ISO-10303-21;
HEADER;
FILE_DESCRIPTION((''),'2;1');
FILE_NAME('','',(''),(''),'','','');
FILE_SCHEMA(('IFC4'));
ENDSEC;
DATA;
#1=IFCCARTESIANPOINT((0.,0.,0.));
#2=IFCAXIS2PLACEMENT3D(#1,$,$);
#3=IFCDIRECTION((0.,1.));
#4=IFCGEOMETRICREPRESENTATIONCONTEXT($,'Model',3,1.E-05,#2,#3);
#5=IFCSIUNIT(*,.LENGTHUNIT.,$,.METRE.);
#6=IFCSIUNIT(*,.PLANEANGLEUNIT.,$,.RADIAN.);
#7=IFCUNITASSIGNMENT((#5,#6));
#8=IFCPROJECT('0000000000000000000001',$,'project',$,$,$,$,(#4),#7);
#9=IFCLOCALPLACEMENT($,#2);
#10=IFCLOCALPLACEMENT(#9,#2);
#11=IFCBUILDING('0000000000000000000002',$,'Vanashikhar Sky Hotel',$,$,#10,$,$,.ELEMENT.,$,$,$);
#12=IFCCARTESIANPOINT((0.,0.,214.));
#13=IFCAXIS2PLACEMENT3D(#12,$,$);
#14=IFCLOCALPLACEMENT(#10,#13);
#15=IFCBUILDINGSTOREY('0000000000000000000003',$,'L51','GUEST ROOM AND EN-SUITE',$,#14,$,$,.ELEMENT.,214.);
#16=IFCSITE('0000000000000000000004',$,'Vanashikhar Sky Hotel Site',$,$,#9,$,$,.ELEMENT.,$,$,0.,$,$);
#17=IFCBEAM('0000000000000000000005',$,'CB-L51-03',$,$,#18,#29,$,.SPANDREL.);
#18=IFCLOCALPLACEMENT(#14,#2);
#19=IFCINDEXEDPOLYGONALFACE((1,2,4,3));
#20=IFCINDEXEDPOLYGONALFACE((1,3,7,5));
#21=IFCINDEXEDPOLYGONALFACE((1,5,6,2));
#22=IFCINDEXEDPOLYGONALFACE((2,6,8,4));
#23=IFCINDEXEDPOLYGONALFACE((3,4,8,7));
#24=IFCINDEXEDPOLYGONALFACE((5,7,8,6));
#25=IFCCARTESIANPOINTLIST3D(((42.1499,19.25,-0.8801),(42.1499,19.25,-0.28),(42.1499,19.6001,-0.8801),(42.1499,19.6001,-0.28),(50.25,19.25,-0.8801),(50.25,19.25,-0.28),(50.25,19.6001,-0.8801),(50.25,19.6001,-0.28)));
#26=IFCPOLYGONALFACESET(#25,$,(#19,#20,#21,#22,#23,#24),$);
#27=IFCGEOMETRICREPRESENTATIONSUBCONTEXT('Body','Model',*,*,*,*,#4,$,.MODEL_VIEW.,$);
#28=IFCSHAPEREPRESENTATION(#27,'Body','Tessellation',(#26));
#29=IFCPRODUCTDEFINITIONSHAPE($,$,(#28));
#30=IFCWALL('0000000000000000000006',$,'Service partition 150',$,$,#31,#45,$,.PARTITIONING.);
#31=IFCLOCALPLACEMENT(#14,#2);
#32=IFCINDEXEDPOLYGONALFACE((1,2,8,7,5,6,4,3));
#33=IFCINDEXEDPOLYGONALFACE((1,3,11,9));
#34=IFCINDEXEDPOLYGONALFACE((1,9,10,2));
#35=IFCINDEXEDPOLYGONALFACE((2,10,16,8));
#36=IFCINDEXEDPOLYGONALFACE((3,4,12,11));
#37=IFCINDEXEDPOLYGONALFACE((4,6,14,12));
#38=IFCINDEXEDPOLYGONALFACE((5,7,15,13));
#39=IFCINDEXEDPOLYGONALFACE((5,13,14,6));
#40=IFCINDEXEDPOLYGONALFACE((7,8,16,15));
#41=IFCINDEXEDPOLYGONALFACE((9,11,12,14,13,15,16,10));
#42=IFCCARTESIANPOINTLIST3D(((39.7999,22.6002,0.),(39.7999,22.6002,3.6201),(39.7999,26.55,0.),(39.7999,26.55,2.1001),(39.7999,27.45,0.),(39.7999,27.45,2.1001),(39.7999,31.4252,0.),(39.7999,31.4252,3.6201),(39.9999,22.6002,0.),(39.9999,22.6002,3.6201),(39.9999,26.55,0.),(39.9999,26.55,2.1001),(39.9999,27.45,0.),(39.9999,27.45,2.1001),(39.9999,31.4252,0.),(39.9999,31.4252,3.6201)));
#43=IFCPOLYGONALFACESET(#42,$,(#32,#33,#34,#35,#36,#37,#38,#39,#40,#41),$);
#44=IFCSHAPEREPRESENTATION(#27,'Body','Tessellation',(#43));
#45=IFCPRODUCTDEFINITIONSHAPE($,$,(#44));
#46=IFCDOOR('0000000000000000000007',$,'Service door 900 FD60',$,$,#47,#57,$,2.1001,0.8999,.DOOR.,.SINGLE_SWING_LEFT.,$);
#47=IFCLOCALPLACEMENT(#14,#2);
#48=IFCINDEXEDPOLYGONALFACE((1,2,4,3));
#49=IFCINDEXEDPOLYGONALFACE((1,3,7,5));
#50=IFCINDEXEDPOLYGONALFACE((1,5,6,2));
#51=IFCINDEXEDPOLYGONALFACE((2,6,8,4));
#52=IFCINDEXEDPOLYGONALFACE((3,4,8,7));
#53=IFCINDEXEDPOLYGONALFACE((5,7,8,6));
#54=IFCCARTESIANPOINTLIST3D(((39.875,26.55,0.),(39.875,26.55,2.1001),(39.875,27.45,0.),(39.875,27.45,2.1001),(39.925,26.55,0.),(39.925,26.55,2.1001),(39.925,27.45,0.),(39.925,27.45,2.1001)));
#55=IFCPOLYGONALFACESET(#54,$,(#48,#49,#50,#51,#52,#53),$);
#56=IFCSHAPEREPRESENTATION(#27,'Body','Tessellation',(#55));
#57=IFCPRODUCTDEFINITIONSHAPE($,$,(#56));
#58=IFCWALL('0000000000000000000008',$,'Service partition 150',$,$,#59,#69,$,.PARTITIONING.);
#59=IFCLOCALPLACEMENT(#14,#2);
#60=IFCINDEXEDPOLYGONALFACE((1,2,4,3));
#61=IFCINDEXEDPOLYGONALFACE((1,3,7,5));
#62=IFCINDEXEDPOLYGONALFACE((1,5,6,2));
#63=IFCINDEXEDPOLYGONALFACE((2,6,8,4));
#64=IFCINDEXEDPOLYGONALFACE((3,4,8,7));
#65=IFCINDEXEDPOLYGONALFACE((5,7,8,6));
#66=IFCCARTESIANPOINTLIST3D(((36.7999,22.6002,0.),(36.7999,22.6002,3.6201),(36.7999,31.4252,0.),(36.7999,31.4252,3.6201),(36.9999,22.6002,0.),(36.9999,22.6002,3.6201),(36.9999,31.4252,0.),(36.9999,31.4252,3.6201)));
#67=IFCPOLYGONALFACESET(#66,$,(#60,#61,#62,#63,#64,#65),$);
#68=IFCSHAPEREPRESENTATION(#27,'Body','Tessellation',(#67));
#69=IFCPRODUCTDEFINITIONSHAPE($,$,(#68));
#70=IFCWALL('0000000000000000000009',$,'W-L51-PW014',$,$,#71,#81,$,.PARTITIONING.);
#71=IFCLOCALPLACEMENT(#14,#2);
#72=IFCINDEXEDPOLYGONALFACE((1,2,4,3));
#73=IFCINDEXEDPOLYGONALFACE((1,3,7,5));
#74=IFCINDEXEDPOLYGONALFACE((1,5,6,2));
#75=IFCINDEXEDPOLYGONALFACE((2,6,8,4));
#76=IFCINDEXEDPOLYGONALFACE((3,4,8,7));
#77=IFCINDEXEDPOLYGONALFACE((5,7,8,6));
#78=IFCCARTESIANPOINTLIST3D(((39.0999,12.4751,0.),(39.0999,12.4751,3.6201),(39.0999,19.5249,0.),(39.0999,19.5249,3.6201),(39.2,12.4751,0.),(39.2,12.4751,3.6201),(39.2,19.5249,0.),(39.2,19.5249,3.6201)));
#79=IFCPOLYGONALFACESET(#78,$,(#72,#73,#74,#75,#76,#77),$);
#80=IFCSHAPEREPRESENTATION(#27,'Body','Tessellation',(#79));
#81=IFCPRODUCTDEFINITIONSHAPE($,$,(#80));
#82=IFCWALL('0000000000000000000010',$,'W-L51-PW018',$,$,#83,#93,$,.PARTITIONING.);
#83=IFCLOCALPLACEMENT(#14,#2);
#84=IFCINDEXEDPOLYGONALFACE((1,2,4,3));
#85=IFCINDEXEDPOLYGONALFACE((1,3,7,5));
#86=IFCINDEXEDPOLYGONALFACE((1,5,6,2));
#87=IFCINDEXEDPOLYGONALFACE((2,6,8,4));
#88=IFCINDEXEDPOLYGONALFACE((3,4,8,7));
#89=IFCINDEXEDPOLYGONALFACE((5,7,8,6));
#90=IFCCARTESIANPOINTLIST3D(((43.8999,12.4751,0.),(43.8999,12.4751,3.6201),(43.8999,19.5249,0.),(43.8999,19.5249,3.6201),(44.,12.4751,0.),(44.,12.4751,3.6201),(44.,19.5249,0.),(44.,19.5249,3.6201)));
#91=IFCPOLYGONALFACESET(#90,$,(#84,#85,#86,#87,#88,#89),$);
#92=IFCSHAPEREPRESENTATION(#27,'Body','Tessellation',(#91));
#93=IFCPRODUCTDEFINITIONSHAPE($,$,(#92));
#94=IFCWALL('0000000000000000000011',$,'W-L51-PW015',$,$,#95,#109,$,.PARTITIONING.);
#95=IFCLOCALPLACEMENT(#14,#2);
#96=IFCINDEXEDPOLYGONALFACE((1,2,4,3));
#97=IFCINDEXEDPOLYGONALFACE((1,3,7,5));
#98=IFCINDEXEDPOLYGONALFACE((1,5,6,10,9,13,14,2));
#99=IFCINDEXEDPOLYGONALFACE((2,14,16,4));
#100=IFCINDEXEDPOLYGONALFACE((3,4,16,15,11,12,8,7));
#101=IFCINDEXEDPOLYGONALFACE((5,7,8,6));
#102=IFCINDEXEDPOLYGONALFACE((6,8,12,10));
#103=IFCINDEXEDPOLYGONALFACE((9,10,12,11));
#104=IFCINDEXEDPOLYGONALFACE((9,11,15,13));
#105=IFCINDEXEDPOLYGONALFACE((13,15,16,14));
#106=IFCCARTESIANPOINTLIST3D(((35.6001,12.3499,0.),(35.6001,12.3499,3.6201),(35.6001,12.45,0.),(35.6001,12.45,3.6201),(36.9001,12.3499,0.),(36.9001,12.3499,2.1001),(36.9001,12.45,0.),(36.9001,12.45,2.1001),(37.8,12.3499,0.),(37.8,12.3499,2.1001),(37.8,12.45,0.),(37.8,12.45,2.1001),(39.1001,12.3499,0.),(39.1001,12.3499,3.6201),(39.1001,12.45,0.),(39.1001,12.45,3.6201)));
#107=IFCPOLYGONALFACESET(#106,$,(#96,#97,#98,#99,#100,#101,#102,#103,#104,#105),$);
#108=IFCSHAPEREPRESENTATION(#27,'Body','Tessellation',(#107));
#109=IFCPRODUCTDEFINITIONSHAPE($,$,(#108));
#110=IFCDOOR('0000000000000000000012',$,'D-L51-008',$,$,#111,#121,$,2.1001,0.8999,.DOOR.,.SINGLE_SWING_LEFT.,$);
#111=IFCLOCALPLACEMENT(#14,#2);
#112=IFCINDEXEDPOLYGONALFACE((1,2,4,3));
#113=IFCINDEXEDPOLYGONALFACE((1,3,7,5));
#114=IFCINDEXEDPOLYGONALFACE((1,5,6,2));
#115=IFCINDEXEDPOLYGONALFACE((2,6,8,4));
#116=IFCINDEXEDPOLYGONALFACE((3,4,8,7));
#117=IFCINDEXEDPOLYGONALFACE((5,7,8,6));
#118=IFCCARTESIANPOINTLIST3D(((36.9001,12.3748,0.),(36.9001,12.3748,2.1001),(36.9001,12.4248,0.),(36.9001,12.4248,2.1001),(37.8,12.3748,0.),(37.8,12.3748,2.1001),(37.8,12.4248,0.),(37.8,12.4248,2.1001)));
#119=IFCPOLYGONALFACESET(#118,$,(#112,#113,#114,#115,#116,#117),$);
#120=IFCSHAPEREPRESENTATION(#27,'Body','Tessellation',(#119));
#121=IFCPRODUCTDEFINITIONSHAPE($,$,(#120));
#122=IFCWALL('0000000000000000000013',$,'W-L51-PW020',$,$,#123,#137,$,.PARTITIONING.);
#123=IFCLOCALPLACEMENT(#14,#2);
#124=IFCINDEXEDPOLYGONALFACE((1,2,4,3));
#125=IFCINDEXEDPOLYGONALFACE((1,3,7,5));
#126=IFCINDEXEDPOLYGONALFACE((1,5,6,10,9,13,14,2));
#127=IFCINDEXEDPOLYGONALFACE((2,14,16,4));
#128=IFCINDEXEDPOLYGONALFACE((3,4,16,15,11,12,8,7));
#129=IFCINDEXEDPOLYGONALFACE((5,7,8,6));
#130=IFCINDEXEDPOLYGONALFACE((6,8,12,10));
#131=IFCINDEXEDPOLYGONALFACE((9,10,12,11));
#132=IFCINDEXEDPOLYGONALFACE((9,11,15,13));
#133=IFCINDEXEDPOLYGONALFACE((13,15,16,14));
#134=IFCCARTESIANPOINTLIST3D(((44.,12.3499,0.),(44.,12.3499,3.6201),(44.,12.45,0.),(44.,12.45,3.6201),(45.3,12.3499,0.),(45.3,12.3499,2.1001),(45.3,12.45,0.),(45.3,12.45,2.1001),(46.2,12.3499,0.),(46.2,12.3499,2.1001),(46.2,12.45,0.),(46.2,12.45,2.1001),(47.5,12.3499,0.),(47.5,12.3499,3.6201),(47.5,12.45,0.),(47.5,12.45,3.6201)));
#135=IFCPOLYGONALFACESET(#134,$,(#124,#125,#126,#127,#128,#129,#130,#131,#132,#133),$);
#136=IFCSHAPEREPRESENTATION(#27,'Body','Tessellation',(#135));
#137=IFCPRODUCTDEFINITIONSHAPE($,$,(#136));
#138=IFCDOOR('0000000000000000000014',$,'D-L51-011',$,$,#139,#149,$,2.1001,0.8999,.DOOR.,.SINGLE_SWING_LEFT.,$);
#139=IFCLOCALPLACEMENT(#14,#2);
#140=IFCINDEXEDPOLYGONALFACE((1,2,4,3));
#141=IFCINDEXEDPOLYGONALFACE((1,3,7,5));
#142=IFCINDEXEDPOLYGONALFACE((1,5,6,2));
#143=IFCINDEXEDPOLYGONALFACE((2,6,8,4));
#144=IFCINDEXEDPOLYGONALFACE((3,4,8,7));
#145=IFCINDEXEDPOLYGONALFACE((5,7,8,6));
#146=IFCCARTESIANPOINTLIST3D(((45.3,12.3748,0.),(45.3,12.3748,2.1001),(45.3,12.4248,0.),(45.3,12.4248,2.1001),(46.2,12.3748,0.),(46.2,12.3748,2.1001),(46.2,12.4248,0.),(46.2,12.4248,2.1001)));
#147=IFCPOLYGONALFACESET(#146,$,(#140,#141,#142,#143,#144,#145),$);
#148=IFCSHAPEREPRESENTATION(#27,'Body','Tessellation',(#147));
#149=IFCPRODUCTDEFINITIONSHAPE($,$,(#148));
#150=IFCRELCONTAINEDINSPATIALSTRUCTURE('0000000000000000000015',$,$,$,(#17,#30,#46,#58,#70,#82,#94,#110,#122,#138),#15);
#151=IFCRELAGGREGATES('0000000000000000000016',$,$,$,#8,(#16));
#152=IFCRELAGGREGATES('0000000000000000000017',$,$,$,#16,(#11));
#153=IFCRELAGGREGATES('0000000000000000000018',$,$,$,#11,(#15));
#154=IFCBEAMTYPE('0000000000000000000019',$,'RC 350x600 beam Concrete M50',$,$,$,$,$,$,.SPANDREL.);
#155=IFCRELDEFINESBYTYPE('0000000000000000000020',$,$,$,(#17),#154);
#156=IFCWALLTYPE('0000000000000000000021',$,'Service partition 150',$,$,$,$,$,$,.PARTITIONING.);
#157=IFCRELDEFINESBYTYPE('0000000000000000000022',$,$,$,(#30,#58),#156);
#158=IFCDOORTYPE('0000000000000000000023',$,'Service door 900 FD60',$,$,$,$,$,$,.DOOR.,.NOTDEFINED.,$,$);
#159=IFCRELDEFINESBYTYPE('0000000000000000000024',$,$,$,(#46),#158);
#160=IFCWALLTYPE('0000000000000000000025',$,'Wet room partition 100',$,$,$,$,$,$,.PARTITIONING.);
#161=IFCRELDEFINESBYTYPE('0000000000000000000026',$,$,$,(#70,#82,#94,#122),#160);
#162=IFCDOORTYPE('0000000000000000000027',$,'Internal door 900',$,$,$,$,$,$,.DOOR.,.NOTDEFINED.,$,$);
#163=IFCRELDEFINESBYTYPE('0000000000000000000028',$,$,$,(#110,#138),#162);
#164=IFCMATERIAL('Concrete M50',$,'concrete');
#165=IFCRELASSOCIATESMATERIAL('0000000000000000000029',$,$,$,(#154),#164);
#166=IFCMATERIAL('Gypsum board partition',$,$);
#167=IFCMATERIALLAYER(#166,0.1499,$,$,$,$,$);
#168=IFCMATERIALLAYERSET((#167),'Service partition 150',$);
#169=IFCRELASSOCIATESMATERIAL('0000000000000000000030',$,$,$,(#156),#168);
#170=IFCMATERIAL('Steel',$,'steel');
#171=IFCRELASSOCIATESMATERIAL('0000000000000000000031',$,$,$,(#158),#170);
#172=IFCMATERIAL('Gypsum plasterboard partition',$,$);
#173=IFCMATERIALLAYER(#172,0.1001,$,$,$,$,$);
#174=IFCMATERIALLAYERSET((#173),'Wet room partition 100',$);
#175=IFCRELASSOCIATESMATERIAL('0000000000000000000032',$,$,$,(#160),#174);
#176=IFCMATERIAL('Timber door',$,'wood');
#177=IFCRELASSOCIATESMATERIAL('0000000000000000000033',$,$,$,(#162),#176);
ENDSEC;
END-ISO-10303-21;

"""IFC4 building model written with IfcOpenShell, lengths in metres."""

from ifc_helpers import new_model, si_unit, direction, frame, frame_2d, origin, origin_2d, place, context, subcontext, project, spatial, rectangle, extrude, source, transform, mapped, material, layer, layer_set, material_profile, profile_set, type_object, element, fill, save


model = new_model("IFC4")

# Units and contexts
model_context = context("Model", 3, precision=1e-05, world=origin(), true_north=direction((0.0, 1.0)))
body_context = subcontext(model_context, "Body", "Model", "MODEL_VIEW")
ifc_project = project(units=[si_unit("LENGTHUNIT", "METRE"), si_unit("PLANEANGLEUNIT", "RADIAN")], contexts=[model_context])

# Site, building, storey
site_placement = place(None, origin())
site = spatial("IfcSite", under=ifc_project, at=site_placement, Name="Vanashikhar Sky Hotel Site", CompositionType="ELEMENT", RefElevation=0.0)
building_placement = place(site_placement, origin())
building = spatial("IfcBuilding", under=site, at=building_placement, Name="Vanashikhar Sky Hotel", CompositionType="ELEMENT")
storey_placement = place(building_placement, frame((0.0, 0.0, 214.0)))
storey = spatial("IfcBuildingStorey", under=building, at=storey_placement, Name="L51", Description="GUEST ROOM AND EN-SUITE", CompositionType="ELEMENT", Elevation=214.0)

# Beam
ifc_material_1 = material(Name="Concrete M50", Category="concrete")
ifc_material_profile = material_profile(ifc_material_1, rectangle(XDim=0.3501, YDim=0.6001, at=origin_2d()))
ifc_profile_set = profile_set([ifc_material_profile], Name="RC 350x600 beam Concrete M50")
beam_type = type_object("IfcBeamType", Name="RC 350x600 beam Concrete M50", PredefinedType="SPANDREL", material=ifc_profile_set)
shared_shape_1 = source(origin(), body_context, "Body", "SweptSolid", [
    extrude(rectangle(XDim=0.3501, YDim=0.6001, at=origin_2d()), origin(), (0.0, 0.0, 1.0), 8.1001),
])
beam_placement = place(storey_placement, frame((42.1499, 19.425, -0.5801), z_axis=(1.0, 0.0, 0.0), x_axis=(0.0, 1.0, 0.0)))
element("IfcBeam", 1, at=beam_placement, inside=storey, type_object=beam_type, Name="CB-L51-03", PredefinedType="SPANDREL", context=body_context, shape_type="MappedRepresentation", body=[
    mapped(shared_shape_1, transform((0.0, 0.0, 0.0), scale=1.0)),
])

# Wall, opening, door
ifc_material_2 = material(Name="Gypsum board partition")
ifc_layer_1 = layer(ifc_material_2, 0.1499)
ifc_layer_set_1 = layer_set([ifc_layer_1], Name="Service partition 150")
wall_type_1 = type_object("IfcWallType", Name="Service partition 150", PredefinedType="PARTITIONING", material=ifc_layer_set_1)
shared_shape_2 = source(origin(), body_context, "Body", "SweptSolid", [
    extrude(rectangle(XDim=8.825, YDim=0.2, at=frame_2d((4.4126, 0.0))), origin(), (0.0, 0.0, 1.0), 3.6201),
])
wall_1_placement = place(storey_placement, frame((39.8999, 22.6001, 0.0), z_axis=(0.0, 0.0, 1.0), x_axis=(0.0, 1.0, 0.0)))
wall_1 = element("IfcWall", 2, at=wall_1_placement, inside=storey, type_object=wall_type_1, Name="Service partition 150", PredefinedType="PARTITIONING", context=body_context, shape_type="MappedRepresentation", body=[
    mapped(shared_shape_2, transform((0.0, 0.0, 0.0), scale=1.0)),
])
shared_shape_3 = source(origin(), body_context, "Body", "SweptSolid", [
    extrude(rectangle(XDim=0.8999, YDim=2.1001, at=frame_2d((0.45, 1.05))), frame((0.0, 0.1099, 0.0), z_axis=(0.0, -1.0, 0.0), x_axis=(1.0, 0.0, 0.0)), (0.0, 0.0, 1.0), 0.22),
])
opening_1_placement = place(wall_1_placement, frame((3.95, 0.0, 0.0)))
opening_1 = element("IfcOpeningElement", 3, at=opening_1_placement, cuts=wall_1, PredefinedType="OPENING", context=body_context, shape_type="MappedRepresentation", body=[
    mapped(shared_shape_3, transform((0.0, 0.0, 0.0), scale=1.0)),
])
ifc_material_3 = material(Name="Steel", Category="steel")
door_type_1 = type_object("IfcDoorType", Name="Service door 900 FD60", OperationType="NOTDEFINED", PredefinedType="DOOR", material=ifc_material_3)
shared_shape_4 = source(origin(), body_context, "Body", "SweptSolid", [
    extrude(rectangle(XDim=0.8999, YDim=2.1001, at=frame_2d((0.45, 1.05))), frame((0.0, 0.0249, 0.0), z_axis=(0.0, -1.0, 0.0), x_axis=(1.0, 0.0, 0.0)), (0.0, 0.0, 1.0), 0.05),
])
door_1_placement = place(opening_1_placement, origin())
door_1 = element("IfcDoor", 4, at=door_1_placement, inside=storey, type_object=door_type_1, Name="Service door 900 FD60", OperationType="SINGLE_SWING_LEFT", OverallHeight=2.1001, OverallWidth=0.8999, PredefinedType="DOOR", context=body_context, shape_type="MappedRepresentation", body=[
    mapped(shared_shape_4, transform((0.0, 0.0, 0.0), scale=1.0)),
])
fill(opening_1, door_1)

# Walls
wall_2_placement = place(storey_placement, frame((36.8999, 22.6001, 0.0), z_axis=(0.0, 0.0, 1.0), x_axis=(0.0, 1.0, 0.0)))
element("IfcWall", 5, at=wall_2_placement, inside=storey, type_object=wall_type_1, Name="Service partition 150", PredefinedType="PARTITIONING", context=body_context, shape_type="MappedRepresentation", body=[
    mapped(shared_shape_2, transform((0.0, 0.0, 0.0), scale=1.0)),
])
ifc_material_4 = material(Name="Gypsum plasterboard partition")
ifc_layer_2 = layer(ifc_material_4, 0.1001)
ifc_layer_set_2 = layer_set([ifc_layer_2], Name="Wet room partition 100")
wall_type_2 = type_object("IfcWallType", Name="Wet room partition 100", PredefinedType="PARTITIONING", material=ifc_layer_set_2)
shared_shape_5 = source(origin(), body_context, "Body", "SweptSolid", [
    extrude(rectangle(XDim=7.0498, YDim=0.1001, at=frame_2d((3.5249, 0.0))), origin(), (0.0, 0.0, 1.0), 3.6201),
])
for number, where, z_axis, x_axis, name in (
    (6, (39.1499, 12.4751, 0.0), (0.0, 0.0, 1.0), (0.0, 1.0, 0.0), "W-L51-PW014"),
    (7, (43.95, 12.4751, 0.0), (0.0, 0.0, 1.0), (0.0, 1.0, 0.0), "W-L51-PW018"),
):
    element("IfcWall", number, at=place(storey_placement, frame(where, z_axis=z_axis, x_axis=x_axis)), inside=storey, type_object=wall_type_2, Name=name, PredefinedType="PARTITIONING", context=body_context, shape_type="MappedRepresentation", body=[
        mapped(shared_shape_5, transform((0.0, 0.0, 0.0), scale=1.0)),
    ])

# Walls, openings, doors
shared_shape_6 = source(origin(), body_context, "Body", "SweptSolid", [
    extrude(rectangle(XDim=3.5, YDim=0.1001, at=frame_2d((1.75, 0.0))), origin(), (0.0, 0.0, 1.0), 3.6201),
])
wall_3_placement = place(storey_placement, frame((35.6001, 12.3999, 0.0), z_axis=(0.0, 0.0, 1.0), x_axis=(1.0, 0.0, 0.0)))
wall_3 = element("IfcWall", 8, at=wall_3_placement, inside=storey, type_object=wall_type_2, Name="W-L51-PW015", PredefinedType="PARTITIONING", context=body_context, shape_type="MappedRepresentation", body=[
    mapped(shared_shape_6, transform((0.0, 0.0, 0.0), scale=1.0)),
])
shared_shape_7 = source(origin(), body_context, "Body", "SweptSolid", [
    extrude(rectangle(XDim=0.8999, YDim=2.1001, at=frame_2d((0.45, 1.05))), frame((0.0, 0.0601, 0.0), z_axis=(0.0, -1.0, 0.0), x_axis=(1.0, 0.0, 0.0)), (0.0, 0.0, 1.0), 0.1201),
])
opening_2_placement = place(wall_3_placement, frame((1.3, 0.0, 0.0)))
opening_2 = element("IfcOpeningElement", 9, at=opening_2_placement, cuts=wall_3, PredefinedType="OPENING", context=body_context, shape_type="MappedRepresentation", body=[
    mapped(shared_shape_7, transform((0.0, 0.0, 0.0), scale=1.0)),
])
ifc_material_5 = material(Name="Timber door", Category="wood")
door_type_2 = type_object("IfcDoorType", Name="Internal door 900", OperationType="NOTDEFINED", PredefinedType="DOOR", material=ifc_material_5)
door_2_placement = place(opening_2_placement, origin())
door_2 = element("IfcDoor", 10, at=door_2_placement, inside=storey, type_object=door_type_2, Name="D-L51-008", OperationType="SINGLE_SWING_LEFT", OverallHeight=2.1001, OverallWidth=0.8999, PredefinedType="DOOR", context=body_context, shape_type="MappedRepresentation", body=[
    mapped(shared_shape_4, transform((0.0, 0.0, 0.0), scale=1.0)),
])
fill(opening_2, door_2)
wall_4_placement = place(storey_placement, frame((44.0, 12.3999, 0.0), z_axis=(0.0, 0.0, 1.0), x_axis=(1.0, 0.0, 0.0)))
wall_4 = element("IfcWall", 11, at=wall_4_placement, inside=storey, type_object=wall_type_2, Name="W-L51-PW020", PredefinedType="PARTITIONING", context=body_context, shape_type="MappedRepresentation", body=[
    mapped(shared_shape_6, transform((0.0, 0.0, 0.0), scale=1.0)),
])
opening_3_placement = place(wall_4_placement, frame((1.3, 0.0, 0.0)))
opening_3 = element("IfcOpeningElement", 12, at=opening_3_placement, cuts=wall_4, PredefinedType="OPENING", context=body_context, shape_type="MappedRepresentation", body=[
    mapped(shared_shape_7, transform((0.0, 0.0, 0.0), scale=1.0)),
])
door_3_placement = place(opening_3_placement, origin())
door_3 = element("IfcDoor", 13, at=door_3_placement, inside=storey, type_object=door_type_2, Name="D-L51-011", OperationType="SINGLE_SWING_LEFT", OverallHeight=2.1001, OverallWidth=0.8999, PredefinedType="DOOR", context=body_context, shape_type="MappedRepresentation", body=[
    mapped(shared_shape_4, transform((0.0, 0.0, 0.0), scale=1.0)),
])
fill(opening_3, door_3)

save(model, "model.ifc")
